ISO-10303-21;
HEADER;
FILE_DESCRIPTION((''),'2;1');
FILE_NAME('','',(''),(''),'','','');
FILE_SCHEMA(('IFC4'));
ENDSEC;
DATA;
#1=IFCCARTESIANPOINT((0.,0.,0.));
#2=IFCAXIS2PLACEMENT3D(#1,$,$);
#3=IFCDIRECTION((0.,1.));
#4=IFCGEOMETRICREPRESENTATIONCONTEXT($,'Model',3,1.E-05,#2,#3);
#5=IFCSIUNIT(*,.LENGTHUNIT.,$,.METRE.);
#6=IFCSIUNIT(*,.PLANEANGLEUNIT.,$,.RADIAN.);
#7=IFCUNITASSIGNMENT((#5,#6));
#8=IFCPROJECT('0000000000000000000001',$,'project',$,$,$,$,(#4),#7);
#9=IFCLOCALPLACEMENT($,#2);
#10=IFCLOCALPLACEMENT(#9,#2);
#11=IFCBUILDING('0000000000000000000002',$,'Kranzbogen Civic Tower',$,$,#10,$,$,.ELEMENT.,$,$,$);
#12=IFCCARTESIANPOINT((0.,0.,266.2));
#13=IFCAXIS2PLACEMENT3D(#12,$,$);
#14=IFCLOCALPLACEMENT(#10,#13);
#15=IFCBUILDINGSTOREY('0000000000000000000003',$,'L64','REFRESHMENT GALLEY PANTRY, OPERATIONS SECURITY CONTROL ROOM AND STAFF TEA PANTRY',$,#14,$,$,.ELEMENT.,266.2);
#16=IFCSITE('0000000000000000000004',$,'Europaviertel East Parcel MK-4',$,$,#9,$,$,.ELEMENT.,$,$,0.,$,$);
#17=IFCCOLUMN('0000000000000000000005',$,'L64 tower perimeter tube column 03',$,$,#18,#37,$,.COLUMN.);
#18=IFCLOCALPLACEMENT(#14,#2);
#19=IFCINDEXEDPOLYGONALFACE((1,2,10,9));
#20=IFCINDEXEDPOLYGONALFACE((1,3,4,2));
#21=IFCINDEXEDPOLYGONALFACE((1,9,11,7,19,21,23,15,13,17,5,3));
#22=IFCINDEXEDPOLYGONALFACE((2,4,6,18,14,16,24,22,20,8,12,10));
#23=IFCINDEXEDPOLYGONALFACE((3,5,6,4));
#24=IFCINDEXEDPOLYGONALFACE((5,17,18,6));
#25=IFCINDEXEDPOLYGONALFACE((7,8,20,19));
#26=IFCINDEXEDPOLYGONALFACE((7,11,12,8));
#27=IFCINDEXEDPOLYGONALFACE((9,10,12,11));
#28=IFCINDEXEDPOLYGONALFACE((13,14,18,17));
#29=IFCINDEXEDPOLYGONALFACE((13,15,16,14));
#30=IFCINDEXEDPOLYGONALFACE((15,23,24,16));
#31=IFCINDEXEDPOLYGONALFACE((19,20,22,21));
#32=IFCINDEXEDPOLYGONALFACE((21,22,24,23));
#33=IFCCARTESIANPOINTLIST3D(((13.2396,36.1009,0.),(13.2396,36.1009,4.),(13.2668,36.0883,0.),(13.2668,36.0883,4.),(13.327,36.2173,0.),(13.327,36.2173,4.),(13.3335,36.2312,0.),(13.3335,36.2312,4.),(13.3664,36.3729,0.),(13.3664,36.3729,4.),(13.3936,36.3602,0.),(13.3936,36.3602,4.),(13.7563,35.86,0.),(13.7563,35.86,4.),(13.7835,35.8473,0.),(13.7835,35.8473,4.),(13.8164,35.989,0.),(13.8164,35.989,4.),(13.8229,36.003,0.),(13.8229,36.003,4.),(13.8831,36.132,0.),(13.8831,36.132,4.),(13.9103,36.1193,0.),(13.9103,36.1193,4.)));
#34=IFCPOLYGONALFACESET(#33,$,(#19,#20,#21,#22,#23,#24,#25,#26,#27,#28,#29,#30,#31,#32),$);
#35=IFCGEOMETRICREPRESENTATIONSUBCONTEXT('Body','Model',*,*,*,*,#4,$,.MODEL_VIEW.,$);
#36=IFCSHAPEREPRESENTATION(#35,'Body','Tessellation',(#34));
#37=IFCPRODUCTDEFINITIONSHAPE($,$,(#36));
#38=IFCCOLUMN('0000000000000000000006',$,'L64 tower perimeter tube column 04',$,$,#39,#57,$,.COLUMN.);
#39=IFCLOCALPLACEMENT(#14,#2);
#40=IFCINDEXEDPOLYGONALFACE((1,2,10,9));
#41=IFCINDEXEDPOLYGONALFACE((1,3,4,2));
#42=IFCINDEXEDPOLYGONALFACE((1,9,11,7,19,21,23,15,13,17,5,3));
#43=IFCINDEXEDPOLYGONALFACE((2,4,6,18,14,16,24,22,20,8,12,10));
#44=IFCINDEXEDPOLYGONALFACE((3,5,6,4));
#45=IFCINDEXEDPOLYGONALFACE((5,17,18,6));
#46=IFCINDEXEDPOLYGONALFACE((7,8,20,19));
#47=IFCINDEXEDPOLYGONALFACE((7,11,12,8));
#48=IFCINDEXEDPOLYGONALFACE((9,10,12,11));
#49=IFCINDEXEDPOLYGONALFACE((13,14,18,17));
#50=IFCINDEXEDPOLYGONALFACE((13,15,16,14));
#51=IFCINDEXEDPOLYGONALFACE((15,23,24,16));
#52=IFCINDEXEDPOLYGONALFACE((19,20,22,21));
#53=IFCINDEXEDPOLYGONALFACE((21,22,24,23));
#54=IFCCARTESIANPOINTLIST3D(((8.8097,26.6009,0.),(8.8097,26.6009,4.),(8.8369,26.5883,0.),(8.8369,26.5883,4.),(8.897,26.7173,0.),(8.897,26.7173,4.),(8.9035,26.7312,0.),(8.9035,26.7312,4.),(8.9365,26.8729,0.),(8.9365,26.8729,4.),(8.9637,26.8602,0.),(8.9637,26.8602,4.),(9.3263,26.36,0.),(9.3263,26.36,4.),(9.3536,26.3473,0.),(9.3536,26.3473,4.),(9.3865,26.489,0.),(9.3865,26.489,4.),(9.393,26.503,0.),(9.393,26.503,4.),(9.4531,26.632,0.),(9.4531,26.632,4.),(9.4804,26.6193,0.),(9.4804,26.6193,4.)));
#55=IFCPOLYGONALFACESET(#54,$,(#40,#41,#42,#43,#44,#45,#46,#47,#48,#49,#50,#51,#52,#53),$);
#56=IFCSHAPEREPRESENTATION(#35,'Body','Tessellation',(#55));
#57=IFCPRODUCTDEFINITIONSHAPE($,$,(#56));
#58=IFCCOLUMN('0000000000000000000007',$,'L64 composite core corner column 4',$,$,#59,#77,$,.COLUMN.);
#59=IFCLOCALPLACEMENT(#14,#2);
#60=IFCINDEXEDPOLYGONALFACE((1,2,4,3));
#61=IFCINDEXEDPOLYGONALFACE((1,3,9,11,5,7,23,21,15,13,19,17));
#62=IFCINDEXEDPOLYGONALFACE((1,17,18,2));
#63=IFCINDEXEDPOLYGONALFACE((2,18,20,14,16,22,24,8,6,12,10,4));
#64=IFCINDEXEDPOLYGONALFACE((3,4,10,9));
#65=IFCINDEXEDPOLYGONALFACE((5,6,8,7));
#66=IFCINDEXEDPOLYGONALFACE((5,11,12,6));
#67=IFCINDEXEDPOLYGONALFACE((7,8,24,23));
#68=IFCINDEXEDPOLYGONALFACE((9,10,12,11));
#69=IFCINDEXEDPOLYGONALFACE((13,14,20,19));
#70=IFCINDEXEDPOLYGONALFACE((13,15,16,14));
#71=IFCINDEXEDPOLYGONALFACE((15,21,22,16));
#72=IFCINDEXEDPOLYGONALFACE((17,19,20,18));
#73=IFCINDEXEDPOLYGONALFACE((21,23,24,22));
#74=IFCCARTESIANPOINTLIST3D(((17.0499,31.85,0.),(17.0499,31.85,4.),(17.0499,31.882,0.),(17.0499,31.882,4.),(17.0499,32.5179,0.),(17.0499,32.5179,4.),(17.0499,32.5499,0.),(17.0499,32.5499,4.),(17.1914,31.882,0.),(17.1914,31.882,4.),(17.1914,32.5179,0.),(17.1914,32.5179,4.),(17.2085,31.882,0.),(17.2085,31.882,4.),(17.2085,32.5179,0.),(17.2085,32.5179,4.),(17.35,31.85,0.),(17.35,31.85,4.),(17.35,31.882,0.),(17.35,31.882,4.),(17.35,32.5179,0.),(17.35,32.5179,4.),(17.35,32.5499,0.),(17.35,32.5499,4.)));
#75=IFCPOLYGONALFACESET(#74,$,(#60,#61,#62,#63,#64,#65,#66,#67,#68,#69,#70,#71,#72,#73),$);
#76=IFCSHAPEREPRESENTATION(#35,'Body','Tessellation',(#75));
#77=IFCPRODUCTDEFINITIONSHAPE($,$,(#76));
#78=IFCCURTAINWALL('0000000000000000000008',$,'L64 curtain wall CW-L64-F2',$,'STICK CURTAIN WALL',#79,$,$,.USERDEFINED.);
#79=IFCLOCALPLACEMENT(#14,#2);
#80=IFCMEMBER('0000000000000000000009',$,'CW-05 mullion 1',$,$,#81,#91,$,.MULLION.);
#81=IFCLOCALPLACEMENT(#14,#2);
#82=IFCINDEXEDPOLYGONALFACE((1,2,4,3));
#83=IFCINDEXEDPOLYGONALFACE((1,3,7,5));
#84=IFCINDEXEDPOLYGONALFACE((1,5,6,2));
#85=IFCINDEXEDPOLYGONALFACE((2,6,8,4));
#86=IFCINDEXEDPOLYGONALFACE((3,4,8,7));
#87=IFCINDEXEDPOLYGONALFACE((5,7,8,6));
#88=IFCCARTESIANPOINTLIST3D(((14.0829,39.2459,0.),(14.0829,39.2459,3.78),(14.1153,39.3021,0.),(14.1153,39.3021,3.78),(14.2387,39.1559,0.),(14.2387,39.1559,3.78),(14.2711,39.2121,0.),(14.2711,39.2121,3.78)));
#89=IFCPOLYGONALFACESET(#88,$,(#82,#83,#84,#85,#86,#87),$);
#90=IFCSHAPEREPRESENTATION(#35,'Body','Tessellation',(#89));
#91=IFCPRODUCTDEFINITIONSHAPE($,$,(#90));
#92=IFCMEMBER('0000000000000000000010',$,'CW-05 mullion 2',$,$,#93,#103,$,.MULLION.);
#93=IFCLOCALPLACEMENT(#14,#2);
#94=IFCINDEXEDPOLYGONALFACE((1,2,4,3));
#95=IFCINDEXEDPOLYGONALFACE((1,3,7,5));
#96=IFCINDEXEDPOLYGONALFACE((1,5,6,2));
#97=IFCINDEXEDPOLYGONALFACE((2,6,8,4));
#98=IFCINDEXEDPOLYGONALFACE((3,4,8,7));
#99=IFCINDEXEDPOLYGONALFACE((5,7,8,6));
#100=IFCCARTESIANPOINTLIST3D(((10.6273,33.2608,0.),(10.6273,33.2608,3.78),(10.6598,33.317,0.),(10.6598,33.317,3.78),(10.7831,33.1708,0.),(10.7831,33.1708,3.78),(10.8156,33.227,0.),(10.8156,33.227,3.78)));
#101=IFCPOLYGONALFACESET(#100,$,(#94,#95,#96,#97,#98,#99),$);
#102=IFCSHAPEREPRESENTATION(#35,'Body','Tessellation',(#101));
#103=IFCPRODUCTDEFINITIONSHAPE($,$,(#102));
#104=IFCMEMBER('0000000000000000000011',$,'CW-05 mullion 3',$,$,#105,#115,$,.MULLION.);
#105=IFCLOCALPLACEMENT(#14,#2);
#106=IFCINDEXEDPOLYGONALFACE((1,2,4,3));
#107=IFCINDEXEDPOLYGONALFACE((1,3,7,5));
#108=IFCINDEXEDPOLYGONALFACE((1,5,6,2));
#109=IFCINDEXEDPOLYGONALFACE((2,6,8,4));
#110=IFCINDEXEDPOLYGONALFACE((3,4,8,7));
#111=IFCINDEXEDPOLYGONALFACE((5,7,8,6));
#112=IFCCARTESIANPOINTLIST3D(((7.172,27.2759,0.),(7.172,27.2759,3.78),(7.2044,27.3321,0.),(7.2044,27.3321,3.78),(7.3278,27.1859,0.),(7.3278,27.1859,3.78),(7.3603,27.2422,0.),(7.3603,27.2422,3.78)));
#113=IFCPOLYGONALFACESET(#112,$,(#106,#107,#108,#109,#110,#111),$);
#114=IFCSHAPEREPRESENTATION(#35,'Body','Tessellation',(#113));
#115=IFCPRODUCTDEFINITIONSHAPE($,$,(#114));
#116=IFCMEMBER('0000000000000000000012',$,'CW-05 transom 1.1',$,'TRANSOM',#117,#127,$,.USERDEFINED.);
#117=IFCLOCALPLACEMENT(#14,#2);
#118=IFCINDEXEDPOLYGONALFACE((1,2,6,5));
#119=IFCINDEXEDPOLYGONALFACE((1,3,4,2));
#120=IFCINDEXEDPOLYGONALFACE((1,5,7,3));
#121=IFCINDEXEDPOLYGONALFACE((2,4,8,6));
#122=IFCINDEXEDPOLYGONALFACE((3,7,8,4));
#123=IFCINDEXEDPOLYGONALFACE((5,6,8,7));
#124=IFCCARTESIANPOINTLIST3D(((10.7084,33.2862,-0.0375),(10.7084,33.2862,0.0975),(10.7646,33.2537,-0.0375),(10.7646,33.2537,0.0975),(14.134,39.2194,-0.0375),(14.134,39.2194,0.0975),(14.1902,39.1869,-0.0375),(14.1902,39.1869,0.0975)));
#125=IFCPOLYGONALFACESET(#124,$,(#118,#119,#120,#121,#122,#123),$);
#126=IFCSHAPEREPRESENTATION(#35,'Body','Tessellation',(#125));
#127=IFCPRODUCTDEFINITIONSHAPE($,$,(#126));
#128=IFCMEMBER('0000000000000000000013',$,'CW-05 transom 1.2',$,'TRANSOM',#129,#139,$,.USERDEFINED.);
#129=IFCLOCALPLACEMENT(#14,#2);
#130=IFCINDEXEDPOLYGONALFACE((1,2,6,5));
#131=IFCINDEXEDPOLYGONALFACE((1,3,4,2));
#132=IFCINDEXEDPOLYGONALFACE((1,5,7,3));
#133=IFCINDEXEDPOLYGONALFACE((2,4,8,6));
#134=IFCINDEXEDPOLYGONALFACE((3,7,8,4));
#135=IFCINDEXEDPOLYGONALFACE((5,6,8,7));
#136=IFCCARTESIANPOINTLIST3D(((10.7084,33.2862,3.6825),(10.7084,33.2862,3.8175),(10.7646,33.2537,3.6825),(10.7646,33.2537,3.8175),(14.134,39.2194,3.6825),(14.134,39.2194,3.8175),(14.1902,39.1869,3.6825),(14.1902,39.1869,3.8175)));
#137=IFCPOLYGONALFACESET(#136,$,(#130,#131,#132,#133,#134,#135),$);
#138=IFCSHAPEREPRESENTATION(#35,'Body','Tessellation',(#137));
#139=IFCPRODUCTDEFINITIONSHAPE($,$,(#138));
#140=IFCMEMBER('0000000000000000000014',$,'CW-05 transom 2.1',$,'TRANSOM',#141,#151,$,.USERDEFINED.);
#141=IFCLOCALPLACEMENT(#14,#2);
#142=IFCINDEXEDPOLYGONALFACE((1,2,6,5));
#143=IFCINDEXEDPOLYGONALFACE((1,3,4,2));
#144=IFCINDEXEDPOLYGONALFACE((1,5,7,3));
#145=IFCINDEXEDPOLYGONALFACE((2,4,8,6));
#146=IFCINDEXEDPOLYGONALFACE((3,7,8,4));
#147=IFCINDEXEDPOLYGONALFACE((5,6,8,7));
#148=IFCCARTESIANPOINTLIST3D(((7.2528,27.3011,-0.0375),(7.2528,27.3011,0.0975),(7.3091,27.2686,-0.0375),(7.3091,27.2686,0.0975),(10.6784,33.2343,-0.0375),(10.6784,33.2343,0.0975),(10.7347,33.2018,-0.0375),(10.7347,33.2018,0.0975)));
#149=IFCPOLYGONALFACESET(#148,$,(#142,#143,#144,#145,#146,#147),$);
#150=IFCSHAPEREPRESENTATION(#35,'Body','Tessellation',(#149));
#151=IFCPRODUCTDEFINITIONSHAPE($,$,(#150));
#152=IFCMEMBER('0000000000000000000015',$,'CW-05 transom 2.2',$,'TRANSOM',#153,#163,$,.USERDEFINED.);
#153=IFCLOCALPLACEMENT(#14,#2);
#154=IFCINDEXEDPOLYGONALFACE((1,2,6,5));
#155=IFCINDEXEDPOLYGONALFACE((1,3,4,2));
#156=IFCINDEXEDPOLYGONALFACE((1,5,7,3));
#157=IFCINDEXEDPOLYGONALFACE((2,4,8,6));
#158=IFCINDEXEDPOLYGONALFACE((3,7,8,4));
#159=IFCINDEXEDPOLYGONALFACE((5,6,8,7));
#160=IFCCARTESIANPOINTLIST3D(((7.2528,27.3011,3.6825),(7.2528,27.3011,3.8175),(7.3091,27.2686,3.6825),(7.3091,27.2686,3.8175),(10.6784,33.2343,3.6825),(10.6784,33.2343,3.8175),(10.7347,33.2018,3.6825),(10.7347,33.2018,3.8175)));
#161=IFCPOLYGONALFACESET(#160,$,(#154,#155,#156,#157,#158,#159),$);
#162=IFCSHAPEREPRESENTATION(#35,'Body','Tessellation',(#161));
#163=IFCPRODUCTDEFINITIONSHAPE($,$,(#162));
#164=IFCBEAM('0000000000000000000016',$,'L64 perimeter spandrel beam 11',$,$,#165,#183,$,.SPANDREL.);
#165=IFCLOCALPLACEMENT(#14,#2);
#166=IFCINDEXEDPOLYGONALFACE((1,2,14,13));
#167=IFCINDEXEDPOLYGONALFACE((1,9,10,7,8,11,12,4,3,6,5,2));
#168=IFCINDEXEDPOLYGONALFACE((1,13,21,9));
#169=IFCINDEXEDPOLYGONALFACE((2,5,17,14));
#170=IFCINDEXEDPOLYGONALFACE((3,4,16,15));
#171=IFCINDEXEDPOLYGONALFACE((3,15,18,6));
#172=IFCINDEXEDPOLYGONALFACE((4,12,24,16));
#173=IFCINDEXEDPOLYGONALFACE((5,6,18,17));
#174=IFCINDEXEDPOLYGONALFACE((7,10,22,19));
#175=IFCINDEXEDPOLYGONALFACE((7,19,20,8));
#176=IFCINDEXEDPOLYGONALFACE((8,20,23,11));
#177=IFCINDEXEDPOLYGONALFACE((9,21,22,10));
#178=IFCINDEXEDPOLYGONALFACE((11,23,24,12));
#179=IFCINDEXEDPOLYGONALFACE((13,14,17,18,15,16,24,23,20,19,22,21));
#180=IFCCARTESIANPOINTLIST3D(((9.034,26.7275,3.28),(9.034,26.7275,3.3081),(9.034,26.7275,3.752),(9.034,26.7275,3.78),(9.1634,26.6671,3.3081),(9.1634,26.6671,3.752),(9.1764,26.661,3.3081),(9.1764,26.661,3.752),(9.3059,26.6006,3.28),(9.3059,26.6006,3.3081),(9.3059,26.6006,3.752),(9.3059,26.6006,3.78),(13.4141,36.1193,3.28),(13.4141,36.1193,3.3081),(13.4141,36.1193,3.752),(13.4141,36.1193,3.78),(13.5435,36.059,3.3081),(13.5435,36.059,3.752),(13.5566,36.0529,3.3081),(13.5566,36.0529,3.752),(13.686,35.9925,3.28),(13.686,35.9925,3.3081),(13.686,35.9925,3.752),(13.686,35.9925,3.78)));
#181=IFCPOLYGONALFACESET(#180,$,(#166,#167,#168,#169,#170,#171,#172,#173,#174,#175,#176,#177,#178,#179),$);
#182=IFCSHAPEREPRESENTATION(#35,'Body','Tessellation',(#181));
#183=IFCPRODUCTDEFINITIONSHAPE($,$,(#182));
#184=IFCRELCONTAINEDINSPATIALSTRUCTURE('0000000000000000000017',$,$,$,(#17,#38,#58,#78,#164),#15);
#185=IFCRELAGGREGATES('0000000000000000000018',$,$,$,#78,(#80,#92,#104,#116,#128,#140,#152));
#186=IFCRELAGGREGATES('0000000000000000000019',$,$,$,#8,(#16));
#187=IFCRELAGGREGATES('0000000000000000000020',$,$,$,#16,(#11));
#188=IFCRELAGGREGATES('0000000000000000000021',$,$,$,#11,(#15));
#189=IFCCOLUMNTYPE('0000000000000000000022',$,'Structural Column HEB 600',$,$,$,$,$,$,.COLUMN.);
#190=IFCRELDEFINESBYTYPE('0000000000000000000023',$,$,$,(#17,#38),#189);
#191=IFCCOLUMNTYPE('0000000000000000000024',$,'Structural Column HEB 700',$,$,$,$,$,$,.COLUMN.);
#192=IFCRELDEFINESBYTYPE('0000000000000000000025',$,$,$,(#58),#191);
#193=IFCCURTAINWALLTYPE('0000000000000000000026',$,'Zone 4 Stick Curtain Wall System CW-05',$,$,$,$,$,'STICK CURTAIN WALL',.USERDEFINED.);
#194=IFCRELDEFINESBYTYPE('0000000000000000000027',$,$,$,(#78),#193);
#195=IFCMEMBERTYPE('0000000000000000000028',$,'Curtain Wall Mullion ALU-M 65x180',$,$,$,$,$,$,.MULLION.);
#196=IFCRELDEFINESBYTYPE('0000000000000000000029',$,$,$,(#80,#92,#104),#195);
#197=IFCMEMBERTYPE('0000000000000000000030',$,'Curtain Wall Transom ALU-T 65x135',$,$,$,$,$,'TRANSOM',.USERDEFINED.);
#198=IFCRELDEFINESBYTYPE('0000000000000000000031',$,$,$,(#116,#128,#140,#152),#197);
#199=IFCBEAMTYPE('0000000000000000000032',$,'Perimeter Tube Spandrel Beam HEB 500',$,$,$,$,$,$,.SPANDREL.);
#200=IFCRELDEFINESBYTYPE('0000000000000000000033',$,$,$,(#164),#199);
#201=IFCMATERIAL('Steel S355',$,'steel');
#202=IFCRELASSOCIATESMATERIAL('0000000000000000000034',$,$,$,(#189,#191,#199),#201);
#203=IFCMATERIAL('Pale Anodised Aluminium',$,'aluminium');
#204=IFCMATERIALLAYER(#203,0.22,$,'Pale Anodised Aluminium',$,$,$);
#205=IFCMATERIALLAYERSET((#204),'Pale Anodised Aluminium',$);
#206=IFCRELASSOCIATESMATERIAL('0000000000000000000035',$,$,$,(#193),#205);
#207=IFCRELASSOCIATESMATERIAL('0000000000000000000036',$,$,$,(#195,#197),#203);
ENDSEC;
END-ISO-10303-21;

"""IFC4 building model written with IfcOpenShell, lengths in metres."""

from ifc_helpers import new_model, si_unit, direction, frame, origin, origin_2d, place, context, subcontext, project, spatial, rectangle, i_section, extrude, material, layer, layer_set, material_profile, profile_set, type_object, element, aggregate, save


model = new_model("IFC4")

# Units and contexts
model_context = context("Model", 3, precision=1e-05, world=origin(), true_north=direction((0.0, 1.0)))
body_context = subcontext(model_context, "Body", "Model", "MODEL_VIEW")
ifc_project = project(units=[si_unit("LENGTHUNIT", "METRE"), si_unit("PLANEANGLEUNIT", "RADIAN")], contexts=[model_context])

# Site, building, storey
site_placement = place(None, origin())
site = spatial("IfcSite", under=ifc_project, at=site_placement, Name="Europaviertel East Parcel MK-4", CompositionType="ELEMENT", RefElevation=0.0)
building_placement = place(site_placement, origin())
building = spatial("IfcBuilding", under=site, at=building_placement, Name="Kranzbogen Civic Tower", CompositionType="ELEMENT")
storey_placement = place(building_placement, frame((0.0, 0.0, 266.2)))
storey = spatial("IfcBuildingStorey", under=building, at=storey_placement, Name="L64", Description="REFRESHMENT GALLEY PANTRY, OPERATIONS SECURITY CONTROL ROOM AND STAFF TEA PANTRY", CompositionType="ELEMENT", Elevation=266.2)

# Columns
ifc_material_1 = material(Name="Steel S355", Category="steel")
ifc_material_profile_1 = material_profile(ifc_material_1, i_section(OverallWidth=0.3, OverallDepth=0.6001, WebThickness=0.0154, FlangeThickness=0.03, at=origin_2d()), Name="HEB 600")
ifc_profile_set_1 = profile_set([ifc_material_profile_1], Name="Steel S355")
column_type_1 = type_object("IfcColumnType", Name="Structural Column HEB 600", PredefinedType="COLUMN", material=ifc_profile_set_1)
for number, where, z_axis, x_axis, name in (
    (1, (13.575, 36.1101, 0.0), (0.0, 0.0, 1.0), (0.422618, 0.906308, 0.0), "L64 tower perimeter tube column 03"),
    (2, (9.145, 26.6101, 0.0), (0.0, 0.0, 1.0), (0.422618, 0.906308, 0.0), "L64 tower perimeter tube column 04"),
):
    element("IfcColumn", number, at=place(storey_placement, frame(where, z_axis=z_axis, x_axis=x_axis)), inside=storey, type_object=column_type_1, Name=name, PredefinedType="COLUMN", context=body_context, shape_type="SweptSolid", body=[
        extrude(i_section(OverallWidth=0.3, OverallDepth=0.6001, WebThickness=0.0154, FlangeThickness=0.03, at=origin_2d()), origin(), (0.0, 0.0, 1.0), 4.0),
    ])
ifc_material_profile_2 = material_profile(ifc_material_1, i_section(OverallWidth=0.3, OverallDepth=0.7, WebThickness=0.0171, FlangeThickness=0.032, at=origin_2d()), Name="HEB 700")
ifc_profile_set_2 = profile_set([ifc_material_profile_2], Name="Steel S355")
column_type_2 = type_object("IfcColumnType", Name="Structural Column HEB 700", PredefinedType="COLUMN", material=ifc_profile_set_2)
column_placement = place(storey_placement, frame((17.2, 32.2, 0.0), z_axis=(0.0, 0.0, 1.0), x_axis=(1.0, 0.0, 0.0)))
element("IfcColumn", 3, at=column_placement, inside=storey, type_object=column_type_2, Name="L64 composite core corner column 4", PredefinedType="COLUMN", context=body_context, shape_type="SweptSolid", body=[
    extrude(i_section(OverallWidth=0.3, OverallDepth=0.7, WebThickness=0.0171, FlangeThickness=0.032, at=origin_2d()), origin(), (0.0, 0.0, 1.0), 4.0),
])

# Curtain wall, members
ifc_material_2 = material(Name="Pale Anodised Aluminium", Category="aluminium")
ifc_layer_1 = layer(ifc_material_2, 0.22, Name="Pale Anodised Aluminium")
ifc_layer_set_1 = layer_set([ifc_layer_1], Name="Pale Anodised Aluminium")
curtain_wall_type = type_object("IfcCurtainWallType", Name="Zone 4 Stick Curtain Wall System CW-05", ElementType="STICK CURTAIN WALL", PredefinedType="USERDEFINED", material=ifc_layer_set_1)
curtain_wall_placement = place(storey_placement, origin())
curtain_wall = element("IfcCurtainWall", 4, at=curtain_wall_placement, inside=storey, type_object=curtain_wall_type, Name="L64 curtain wall CW-L64-F2", ObjectType="STICK CURTAIN WALL", PredefinedType="USERDEFINED")
ifc_material_profile_3 = material_profile(ifc_material_2, rectangle(XDim=0.0649, YDim=0.1799, at=origin_2d()), Name="ALU-M 65x180")
ifc_profile_set_3 = profile_set([ifc_material_profile_3], Name="Pale Anodised Aluminium")
member_type_1 = type_object("IfcMemberType", Name="Curtain Wall Mullion ALU-M 65x180", PredefinedType="MULLION", material=ifc_profile_set_3)
member_1_placement = place(storey_placement, frame((14.177, 39.229, 0.0), z_axis=(0.0, 0.0, 1.0), x_axis=(-0.500005, -0.866022, 0.0)))
member_1 = element("IfcMember", 5, at=member_1_placement, type_object=member_type_1, Name="CW-05 mullion 1", PredefinedType="MULLION", context=body_context, shape_type="SweptSolid", body=[
    extrude(rectangle(XDim=0.0649, YDim=0.1799, at=origin_2d()), origin(), (0.0, 0.0, 1.0), 3.78),
])
member_2_placement = place(storey_placement, frame((10.7214, 33.2439, 0.0), z_axis=(0.0, 0.0, 1.0), x_axis=(-0.500005, -0.866022, 0.0)))
member_2 = element("IfcMember", 6, at=member_2_placement, type_object=member_type_1, Name="CW-05 mullion 2", PredefinedType="MULLION", context=body_context, shape_type="SweptSolid", body=[
    extrude(rectangle(XDim=0.0649, YDim=0.1799, at=origin_2d()), origin(), (0.0, 0.0, 1.0), 3.78),
])
member_3_placement = place(storey_placement, frame((7.2661, 27.259, 0.0), z_axis=(0.0, 0.0, 1.0), x_axis=(-0.500005, -0.866022, 0.0)))
member_3 = element("IfcMember", 7, at=member_3_placement, type_object=member_type_1, Name="CW-05 mullion 3", PredefinedType="MULLION", context=body_context, shape_type="SweptSolid", body=[
    extrude(rectangle(XDim=0.0649, YDim=0.1799, at=origin_2d()), origin(), (0.0, 0.0, 1.0), 3.78),
])
ifc_material_profile_4 = material_profile(ifc_material_2, rectangle(XDim=0.0649, YDim=0.135, at=origin_2d()), Name="ALU-T 65x135")
ifc_profile_set_4 = profile_set([ifc_material_profile_4], Name="Pale Anodised Aluminium")
member_type_2 = type_object("IfcMemberType", Name="Curtain Wall Transom ALU-T 65x135", ElementType="TRANSOM", PredefinedType="USERDEFINED", material=ifc_profile_set_4)
member_4_placement = place(storey_placement, frame((14.1621, 39.2031, 0.03), z_axis=(-0.500006, -0.866022, 0.0), x_axis=(0.866022, -0.500006, 0.0)))
member_4 = element("IfcMember", 8, at=member_4_placement, type_object=member_type_2, Name="CW-05 transom 1.1", ObjectType="TRANSOM", PredefinedType="USERDEFINED", context=body_context, shape_type="SweptSolid", body=[
    extrude(rectangle(XDim=0.0649, YDim=0.135, at=origin_2d()), origin(), (0.0, 0.0, 1.0), 6.8511),
])
member_5_placement = place(storey_placement, frame((14.1621, 39.2031, 3.75), z_axis=(-0.500006, -0.866022, 0.0), x_axis=(0.866022, -0.500006, 0.0)))
member_5 = element("IfcMember", 9, at=member_5_placement, type_object=member_type_2, Name="CW-05 transom 1.2", ObjectType="TRANSOM", PredefinedType="USERDEFINED", context=body_context, shape_type="SweptSolid", body=[
    extrude(rectangle(XDim=0.0649, YDim=0.135, at=origin_2d()), origin(), (0.0, 0.0, 1.0), 6.8511),
])
member_6_placement = place(storey_placement, frame((10.7065, 33.218, 0.03), z_axis=(-0.500006, -0.866022, 0.0), x_axis=(0.866022, -0.500006, 0.0)))
member_6 = element("IfcMember", 10, at=member_6_placement, type_object=member_type_2, Name="CW-05 transom 2.1", ObjectType="TRANSOM", PredefinedType="USERDEFINED", context=body_context, shape_type="SweptSolid", body=[
    extrude(rectangle(XDim=0.0649, YDim=0.135, at=origin_2d()), origin(), (0.0, 0.0, 1.0), 6.8511),
])
member_7_placement = place(storey_placement, frame((10.7065, 33.218, 3.75), z_axis=(-0.500006, -0.866022, 0.0), x_axis=(0.866022, -0.500006, 0.0)))
member_7 = element("IfcMember", 11, at=member_7_placement, type_object=member_type_2, Name="CW-05 transom 2.2", ObjectType="TRANSOM", PredefinedType="USERDEFINED", context=body_context, shape_type="SweptSolid", body=[
    extrude(rectangle(XDim=0.0649, YDim=0.135, at=origin_2d()), origin(), (0.0, 0.0, 1.0), 6.8511),
])

# Beam
ifc_material_profile_5 = material_profile(ifc_material_1, i_section(OverallWidth=0.3, OverallDepth=0.5, WebThickness=0.0144, FlangeThickness=0.0281, at=origin_2d()), Name="HEB 500")
ifc_profile_set_5 = profile_set([ifc_material_profile_5], Name="Steel S355")
beam_type_1 = type_object("IfcBeamType", Name="Perimeter Tube Spandrel Beam HEB 500", PredefinedType="SPANDREL", material=ifc_profile_set_5)
beam_1_placement = place(storey_placement, frame((13.55, 36.0559, 3.53), z_axis=(-0.422669, -0.906284, 0.0), x_axis=(0.906284, -0.422669, 0.0)))
element("IfcBeam", 12, at=beam_1_placement, inside=storey, type_object=beam_type_1, Name="L64 perimeter spandrel beam 11", PredefinedType="SPANDREL", context=body_context, shape_type="SweptSolid", body=[
    extrude(i_section(OverallWidth=0.3, OverallDepth=0.5, WebThickness=0.0144, FlangeThickness=0.0281, at=origin_2d()), origin(), (0.0, 0.0, 1.0), 10.363),
])

aggregate(curtain_wall, [member_1, member_2, member_3, member_4, member_5, member_6, member_7])

save(model, "model.ifc")
